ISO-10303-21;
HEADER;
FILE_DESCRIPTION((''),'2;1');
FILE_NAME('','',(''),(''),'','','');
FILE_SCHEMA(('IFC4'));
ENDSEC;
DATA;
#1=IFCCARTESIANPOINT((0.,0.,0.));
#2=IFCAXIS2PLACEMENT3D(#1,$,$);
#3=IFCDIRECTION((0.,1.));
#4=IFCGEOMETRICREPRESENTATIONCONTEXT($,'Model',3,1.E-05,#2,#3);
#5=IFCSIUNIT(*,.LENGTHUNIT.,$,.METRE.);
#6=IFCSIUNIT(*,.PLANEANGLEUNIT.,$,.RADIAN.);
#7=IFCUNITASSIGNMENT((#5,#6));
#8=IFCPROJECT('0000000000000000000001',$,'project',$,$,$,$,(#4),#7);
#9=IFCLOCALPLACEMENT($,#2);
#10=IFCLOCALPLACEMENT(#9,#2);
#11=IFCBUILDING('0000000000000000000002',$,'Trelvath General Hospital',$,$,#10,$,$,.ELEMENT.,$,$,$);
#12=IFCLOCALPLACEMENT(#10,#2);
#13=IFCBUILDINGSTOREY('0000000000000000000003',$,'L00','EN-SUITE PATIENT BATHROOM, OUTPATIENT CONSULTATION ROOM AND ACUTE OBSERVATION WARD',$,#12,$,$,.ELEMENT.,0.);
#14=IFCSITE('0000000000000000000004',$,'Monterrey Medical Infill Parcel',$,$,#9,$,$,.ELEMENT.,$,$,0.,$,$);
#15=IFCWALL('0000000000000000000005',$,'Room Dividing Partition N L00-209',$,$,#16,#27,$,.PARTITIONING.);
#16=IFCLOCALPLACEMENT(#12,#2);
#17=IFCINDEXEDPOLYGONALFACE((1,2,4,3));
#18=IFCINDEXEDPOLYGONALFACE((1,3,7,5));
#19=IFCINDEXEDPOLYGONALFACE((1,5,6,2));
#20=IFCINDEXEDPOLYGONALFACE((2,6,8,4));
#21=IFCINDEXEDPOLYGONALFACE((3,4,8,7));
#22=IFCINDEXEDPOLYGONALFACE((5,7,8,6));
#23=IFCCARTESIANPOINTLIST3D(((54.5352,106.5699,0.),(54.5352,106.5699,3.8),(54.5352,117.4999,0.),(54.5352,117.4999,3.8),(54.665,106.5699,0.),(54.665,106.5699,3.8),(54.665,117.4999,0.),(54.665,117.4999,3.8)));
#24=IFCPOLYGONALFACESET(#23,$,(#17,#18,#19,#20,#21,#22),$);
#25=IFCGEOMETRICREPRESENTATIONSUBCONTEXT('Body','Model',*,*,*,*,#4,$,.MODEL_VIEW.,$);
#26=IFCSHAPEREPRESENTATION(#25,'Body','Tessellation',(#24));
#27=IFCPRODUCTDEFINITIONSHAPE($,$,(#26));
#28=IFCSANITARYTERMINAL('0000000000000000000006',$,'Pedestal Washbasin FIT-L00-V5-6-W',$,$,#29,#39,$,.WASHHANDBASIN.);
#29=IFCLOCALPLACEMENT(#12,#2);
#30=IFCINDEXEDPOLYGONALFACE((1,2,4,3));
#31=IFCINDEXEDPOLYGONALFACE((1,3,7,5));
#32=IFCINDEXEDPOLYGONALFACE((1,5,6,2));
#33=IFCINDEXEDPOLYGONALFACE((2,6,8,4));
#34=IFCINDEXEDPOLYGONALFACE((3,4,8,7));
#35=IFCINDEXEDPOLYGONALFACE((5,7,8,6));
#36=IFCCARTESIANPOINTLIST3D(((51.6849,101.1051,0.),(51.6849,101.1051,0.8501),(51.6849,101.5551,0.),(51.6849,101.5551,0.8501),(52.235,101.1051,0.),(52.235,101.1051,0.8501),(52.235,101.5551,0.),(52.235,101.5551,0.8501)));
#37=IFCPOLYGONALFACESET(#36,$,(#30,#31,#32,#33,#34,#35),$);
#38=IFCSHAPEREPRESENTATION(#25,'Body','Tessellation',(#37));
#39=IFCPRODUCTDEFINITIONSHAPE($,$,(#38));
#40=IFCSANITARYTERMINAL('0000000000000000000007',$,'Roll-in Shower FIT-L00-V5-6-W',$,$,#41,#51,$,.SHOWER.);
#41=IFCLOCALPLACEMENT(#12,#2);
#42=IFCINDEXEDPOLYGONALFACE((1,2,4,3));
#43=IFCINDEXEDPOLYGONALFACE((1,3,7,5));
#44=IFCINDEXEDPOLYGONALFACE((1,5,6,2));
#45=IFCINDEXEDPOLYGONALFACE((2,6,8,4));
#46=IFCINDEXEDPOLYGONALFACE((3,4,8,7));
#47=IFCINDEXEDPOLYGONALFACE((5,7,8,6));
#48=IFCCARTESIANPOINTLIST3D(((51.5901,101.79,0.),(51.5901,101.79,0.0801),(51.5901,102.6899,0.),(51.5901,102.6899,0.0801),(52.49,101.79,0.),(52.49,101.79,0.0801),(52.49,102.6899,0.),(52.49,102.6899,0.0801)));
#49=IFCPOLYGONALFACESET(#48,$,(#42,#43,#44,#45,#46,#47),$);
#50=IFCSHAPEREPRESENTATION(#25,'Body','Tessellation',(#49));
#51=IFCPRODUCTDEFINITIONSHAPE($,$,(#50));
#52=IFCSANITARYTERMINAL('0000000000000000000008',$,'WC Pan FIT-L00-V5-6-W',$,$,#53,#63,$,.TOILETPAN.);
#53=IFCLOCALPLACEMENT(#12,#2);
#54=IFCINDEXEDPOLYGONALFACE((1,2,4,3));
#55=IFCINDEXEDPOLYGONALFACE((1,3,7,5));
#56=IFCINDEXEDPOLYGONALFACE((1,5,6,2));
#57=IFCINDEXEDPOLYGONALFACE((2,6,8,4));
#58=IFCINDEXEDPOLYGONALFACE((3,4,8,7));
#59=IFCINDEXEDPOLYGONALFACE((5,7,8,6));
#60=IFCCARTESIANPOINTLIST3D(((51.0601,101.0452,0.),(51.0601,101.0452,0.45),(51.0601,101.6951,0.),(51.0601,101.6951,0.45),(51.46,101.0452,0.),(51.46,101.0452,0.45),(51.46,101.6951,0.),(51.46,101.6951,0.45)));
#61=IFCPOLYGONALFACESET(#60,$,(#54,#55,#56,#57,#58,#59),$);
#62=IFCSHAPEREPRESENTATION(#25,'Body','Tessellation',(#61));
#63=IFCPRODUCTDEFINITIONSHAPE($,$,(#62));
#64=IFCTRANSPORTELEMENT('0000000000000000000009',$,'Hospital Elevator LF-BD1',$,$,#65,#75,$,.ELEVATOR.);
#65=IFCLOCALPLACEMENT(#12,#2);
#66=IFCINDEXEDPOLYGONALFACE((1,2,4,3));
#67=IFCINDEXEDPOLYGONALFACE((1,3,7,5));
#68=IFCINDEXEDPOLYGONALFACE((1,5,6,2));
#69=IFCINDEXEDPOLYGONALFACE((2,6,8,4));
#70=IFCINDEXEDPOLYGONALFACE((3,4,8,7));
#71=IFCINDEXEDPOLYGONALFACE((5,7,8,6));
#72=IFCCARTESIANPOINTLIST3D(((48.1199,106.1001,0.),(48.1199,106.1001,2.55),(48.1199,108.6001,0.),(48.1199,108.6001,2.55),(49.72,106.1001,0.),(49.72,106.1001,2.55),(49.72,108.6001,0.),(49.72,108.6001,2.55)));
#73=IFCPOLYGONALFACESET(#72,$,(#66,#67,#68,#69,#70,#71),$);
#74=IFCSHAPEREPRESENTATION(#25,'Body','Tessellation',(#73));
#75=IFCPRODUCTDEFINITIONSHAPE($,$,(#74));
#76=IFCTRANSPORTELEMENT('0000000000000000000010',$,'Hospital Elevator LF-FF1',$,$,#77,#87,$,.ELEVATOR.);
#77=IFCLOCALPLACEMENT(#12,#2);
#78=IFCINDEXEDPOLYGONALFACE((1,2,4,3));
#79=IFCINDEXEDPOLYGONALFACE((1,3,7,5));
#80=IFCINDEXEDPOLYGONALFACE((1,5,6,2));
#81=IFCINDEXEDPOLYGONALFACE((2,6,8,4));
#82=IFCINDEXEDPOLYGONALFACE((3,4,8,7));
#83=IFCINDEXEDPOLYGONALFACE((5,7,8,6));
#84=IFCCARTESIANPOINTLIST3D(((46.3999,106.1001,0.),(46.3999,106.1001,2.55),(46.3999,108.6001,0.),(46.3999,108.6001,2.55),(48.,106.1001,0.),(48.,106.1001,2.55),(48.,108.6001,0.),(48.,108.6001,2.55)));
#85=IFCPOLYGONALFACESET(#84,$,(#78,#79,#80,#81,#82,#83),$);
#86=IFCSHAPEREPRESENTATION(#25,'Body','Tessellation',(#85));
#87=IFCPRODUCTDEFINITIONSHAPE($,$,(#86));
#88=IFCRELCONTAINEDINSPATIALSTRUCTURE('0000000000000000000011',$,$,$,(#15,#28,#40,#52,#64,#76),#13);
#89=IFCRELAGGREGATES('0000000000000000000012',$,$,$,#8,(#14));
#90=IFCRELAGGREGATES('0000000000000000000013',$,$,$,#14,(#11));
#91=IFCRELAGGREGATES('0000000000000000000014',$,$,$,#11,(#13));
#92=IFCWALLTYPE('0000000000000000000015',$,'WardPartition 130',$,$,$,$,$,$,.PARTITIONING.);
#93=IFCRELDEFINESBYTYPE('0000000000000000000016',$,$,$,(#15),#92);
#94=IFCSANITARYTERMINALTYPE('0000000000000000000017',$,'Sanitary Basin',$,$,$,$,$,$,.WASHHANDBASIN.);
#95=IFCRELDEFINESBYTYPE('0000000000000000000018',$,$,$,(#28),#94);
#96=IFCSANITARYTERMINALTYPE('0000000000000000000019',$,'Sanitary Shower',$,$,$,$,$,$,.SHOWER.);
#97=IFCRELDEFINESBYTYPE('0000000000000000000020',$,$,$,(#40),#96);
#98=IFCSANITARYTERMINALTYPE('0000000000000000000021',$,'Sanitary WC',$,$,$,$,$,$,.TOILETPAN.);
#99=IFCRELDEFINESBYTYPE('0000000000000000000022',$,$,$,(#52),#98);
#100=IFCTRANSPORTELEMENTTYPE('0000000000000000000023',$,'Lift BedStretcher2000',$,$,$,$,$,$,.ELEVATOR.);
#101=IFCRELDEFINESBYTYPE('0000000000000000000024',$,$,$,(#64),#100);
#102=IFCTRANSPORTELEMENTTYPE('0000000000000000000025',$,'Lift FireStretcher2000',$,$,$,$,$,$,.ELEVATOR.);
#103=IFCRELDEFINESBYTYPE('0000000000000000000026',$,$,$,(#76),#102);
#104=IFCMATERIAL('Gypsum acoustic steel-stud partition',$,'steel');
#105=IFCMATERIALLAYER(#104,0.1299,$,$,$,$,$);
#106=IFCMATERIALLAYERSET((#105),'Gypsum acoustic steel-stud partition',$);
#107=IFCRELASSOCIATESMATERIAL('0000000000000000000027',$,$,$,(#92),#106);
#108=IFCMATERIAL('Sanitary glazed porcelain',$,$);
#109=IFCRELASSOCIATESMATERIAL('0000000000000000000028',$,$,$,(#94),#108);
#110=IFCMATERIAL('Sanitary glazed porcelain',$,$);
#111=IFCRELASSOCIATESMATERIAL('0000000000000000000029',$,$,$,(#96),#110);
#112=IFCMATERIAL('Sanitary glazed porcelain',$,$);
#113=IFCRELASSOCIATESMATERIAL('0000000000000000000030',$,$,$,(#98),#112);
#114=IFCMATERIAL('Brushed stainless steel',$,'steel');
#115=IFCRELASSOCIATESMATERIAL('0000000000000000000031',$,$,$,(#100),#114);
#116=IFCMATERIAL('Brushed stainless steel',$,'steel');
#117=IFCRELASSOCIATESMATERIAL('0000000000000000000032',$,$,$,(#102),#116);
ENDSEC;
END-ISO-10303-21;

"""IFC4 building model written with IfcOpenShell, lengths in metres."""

from ifc_helpers import new_model, si_unit, direction, frame, frame_2d, origin, origin_2d, place, context, subcontext, project, spatial, rectangle, extrude, material, layer, layer_set, type_object, element, save


model = new_model("IFC4")

# Units and contexts
model_context = context("Model", 3, precision=1e-05, world=origin(), true_north=direction((0.0, 1.0)))
body_context = subcontext(model_context, "Body", "Model", "MODEL_VIEW")
ifc_project = project(units=[si_unit("LENGTHUNIT", "METRE"), si_unit("PLANEANGLEUNIT", "RADIAN")], contexts=[model_context])

# Site, building, storey
site_placement = place(None, origin())
site = spatial("IfcSite", under=ifc_project, at=site_placement, Name="Monterrey Medical Infill Parcel", CompositionType="ELEMENT", RefElevation=0.0)
building_placement = place(site_placement, origin())
building = spatial("IfcBuilding", under=site, at=building_placement, Name="Trelvath General Hospital", CompositionType="ELEMENT")
storey_placement = place(building_placement, origin())
storey = spatial("IfcBuildingStorey", under=building, at=storey_placement, Name="L00", Description="EN-SUITE PATIENT BATHROOM, OUTPATIENT CONSULTATION ROOM AND ACUTE OBSERVATION WARD", CompositionType="ELEMENT", Elevation=0.0)

# Wall
ifc_material_1 = material(Name="Gypsum acoustic steel-stud partition", Category="steel")
ifc_layer_1 = layer(ifc_material_1, 0.1299)
ifc_layer_set_1 = layer_set([ifc_layer_1], Name="Gypsum acoustic steel-stud partition")
wall_type_1 = type_object("IfcWallType", Name="WardPartition 130", PredefinedType="PARTITIONING", material=ifc_layer_set_1)
wall_1_placement = place(storey_placement, frame((54.6001, 106.5701, 0.0), z_axis=(0.0, 0.0, 1.0), x_axis=(0.0, 1.0, 0.0)))
element("IfcWall", 1, at=wall_1_placement, inside=storey, type_object=wall_type_1, Name="Room Dividing Partition N L00-209", PredefinedType="PARTITIONING", context=body_context, shape_type="SweptSolid", body=[
    extrude(rectangle(XDim=10.9299, YDim=0.1299, at=frame_2d((5.4648, 0.0))), origin(), (0.0, 0.0, 1.0), 3.8),
])

# Sanitary terminals
ifc_material_2 = material(Name="Sanitary glazed porcelain")
sanitary_terminal_type_1 = type_object("IfcSanitaryTerminalType", Name="Sanitary Basin", PredefinedType="WASHHANDBASIN", material=ifc_material_2)
sanitary_terminal_1_placement = place(storey_placement, frame((51.96, 101.3301, 0.0), z_axis=(0.0, 0.0, 1.0), x_axis=(1.0, 0.0, 0.0)))
element("IfcSanitaryTerminal", 2, at=sanitary_terminal_1_placement, inside=storey, type_object=sanitary_terminal_type_1, Name="Pedestal Washbasin FIT-L00-V5-6-W", PredefinedType="WASHHANDBASIN", context=body_context, shape_type="SweptSolid", body=[
    extrude(rectangle(XDim=0.55, YDim=0.45, at=origin_2d()), origin(), (0.0, 0.0, 1.0), 0.8501),
])
ifc_material_3 = material(Name="Sanitary glazed porcelain")
sanitary_terminal_type_2 = type_object("IfcSanitaryTerminalType", Name="Sanitary Shower", PredefinedType="SHOWER", material=ifc_material_3)
sanitary_terminal_2_placement = place(storey_placement, frame((52.04, 102.24, 0.0), z_axis=(0.0, 0.0, 1.0), x_axis=(1.0, 0.0, 0.0)))
element("IfcSanitaryTerminal", 3, at=sanitary_terminal_2_placement, inside=storey, type_object=sanitary_terminal_type_2, Name="Roll-in Shower FIT-L00-V5-6-W", PredefinedType="SHOWER", context=body_context, shape_type="SweptSolid", body=[
    extrude(rectangle(XDim=0.8999, YDim=0.8999, at=origin_2d()), origin(), (0.0, 0.0, 1.0), 0.0801),
])
ifc_material_4 = material(Name="Sanitary glazed porcelain")
sanitary_terminal_type_3 = type_object("IfcSanitaryTerminalType", Name="Sanitary WC", PredefinedType="TOILETPAN", material=ifc_material_4)
sanitary_terminal_3_placement = place(storey_placement, frame((51.26, 101.3701, 0.0), z_axis=(0.0, 0.0, 1.0), x_axis=(1.0, 0.0, 0.0)))
element("IfcSanitaryTerminal", 4, at=sanitary_terminal_3_placement, inside=storey, type_object=sanitary_terminal_type_3, Name="WC Pan FIT-L00-V5-6-W", PredefinedType="TOILETPAN", context=body_context, shape_type="SweptSolid", body=[
    extrude(rectangle(XDim=0.3999, YDim=0.6499, at=origin_2d()), origin(), (0.0, 0.0, 1.0), 0.45),
])

# Transport elements
ifc_material_5 = material(Name="Brushed stainless steel", Category="steel")
transport_element_type_1 = type_object("IfcTransportElementType", Name="Lift BedStretcher2000", PredefinedType="ELEVATOR", material=ifc_material_5)
transport_element_1_placement = place(storey_placement, frame((48.9199, 107.3501, 0.0), z_axis=(0.0, 0.0, 1.0), x_axis=(1.0, 0.0, 0.0)))
element("IfcTransportElement", 5, at=transport_element_1_placement, inside=storey, type_object=transport_element_type_1, Name="Hospital Elevator LF-BD1", PredefinedType="ELEVATOR", context=body_context, shape_type="SweptSolid", body=[
    extrude(rectangle(XDim=1.6001, YDim=2.5, at=origin_2d()), origin(), (0.0, 0.0, 1.0), 2.55),
])
ifc_material_6 = material(Name="Brushed stainless steel", Category="steel")
transport_element_type_2 = type_object("IfcTransportElementType", Name="Lift FireStretcher2000", PredefinedType="ELEVATOR", material=ifc_material_6)
transport_element_2_placement = place(storey_placement, frame((47.2, 107.3501, 0.0), z_axis=(0.0, 0.0, 1.0), x_axis=(1.0, 0.0, 0.0)))
element("IfcTransportElement", 6, at=transport_element_2_placement, inside=storey, type_object=transport_element_type_2, Name="Hospital Elevator LF-FF1", PredefinedType="ELEVATOR", context=body_context, shape_type="SweptSolid", body=[
    extrude(rectangle(XDim=1.6001, YDim=2.5, at=origin_2d()), origin(), (0.0, 0.0, 1.0), 2.55),
])

save(model, "model.ifc")
